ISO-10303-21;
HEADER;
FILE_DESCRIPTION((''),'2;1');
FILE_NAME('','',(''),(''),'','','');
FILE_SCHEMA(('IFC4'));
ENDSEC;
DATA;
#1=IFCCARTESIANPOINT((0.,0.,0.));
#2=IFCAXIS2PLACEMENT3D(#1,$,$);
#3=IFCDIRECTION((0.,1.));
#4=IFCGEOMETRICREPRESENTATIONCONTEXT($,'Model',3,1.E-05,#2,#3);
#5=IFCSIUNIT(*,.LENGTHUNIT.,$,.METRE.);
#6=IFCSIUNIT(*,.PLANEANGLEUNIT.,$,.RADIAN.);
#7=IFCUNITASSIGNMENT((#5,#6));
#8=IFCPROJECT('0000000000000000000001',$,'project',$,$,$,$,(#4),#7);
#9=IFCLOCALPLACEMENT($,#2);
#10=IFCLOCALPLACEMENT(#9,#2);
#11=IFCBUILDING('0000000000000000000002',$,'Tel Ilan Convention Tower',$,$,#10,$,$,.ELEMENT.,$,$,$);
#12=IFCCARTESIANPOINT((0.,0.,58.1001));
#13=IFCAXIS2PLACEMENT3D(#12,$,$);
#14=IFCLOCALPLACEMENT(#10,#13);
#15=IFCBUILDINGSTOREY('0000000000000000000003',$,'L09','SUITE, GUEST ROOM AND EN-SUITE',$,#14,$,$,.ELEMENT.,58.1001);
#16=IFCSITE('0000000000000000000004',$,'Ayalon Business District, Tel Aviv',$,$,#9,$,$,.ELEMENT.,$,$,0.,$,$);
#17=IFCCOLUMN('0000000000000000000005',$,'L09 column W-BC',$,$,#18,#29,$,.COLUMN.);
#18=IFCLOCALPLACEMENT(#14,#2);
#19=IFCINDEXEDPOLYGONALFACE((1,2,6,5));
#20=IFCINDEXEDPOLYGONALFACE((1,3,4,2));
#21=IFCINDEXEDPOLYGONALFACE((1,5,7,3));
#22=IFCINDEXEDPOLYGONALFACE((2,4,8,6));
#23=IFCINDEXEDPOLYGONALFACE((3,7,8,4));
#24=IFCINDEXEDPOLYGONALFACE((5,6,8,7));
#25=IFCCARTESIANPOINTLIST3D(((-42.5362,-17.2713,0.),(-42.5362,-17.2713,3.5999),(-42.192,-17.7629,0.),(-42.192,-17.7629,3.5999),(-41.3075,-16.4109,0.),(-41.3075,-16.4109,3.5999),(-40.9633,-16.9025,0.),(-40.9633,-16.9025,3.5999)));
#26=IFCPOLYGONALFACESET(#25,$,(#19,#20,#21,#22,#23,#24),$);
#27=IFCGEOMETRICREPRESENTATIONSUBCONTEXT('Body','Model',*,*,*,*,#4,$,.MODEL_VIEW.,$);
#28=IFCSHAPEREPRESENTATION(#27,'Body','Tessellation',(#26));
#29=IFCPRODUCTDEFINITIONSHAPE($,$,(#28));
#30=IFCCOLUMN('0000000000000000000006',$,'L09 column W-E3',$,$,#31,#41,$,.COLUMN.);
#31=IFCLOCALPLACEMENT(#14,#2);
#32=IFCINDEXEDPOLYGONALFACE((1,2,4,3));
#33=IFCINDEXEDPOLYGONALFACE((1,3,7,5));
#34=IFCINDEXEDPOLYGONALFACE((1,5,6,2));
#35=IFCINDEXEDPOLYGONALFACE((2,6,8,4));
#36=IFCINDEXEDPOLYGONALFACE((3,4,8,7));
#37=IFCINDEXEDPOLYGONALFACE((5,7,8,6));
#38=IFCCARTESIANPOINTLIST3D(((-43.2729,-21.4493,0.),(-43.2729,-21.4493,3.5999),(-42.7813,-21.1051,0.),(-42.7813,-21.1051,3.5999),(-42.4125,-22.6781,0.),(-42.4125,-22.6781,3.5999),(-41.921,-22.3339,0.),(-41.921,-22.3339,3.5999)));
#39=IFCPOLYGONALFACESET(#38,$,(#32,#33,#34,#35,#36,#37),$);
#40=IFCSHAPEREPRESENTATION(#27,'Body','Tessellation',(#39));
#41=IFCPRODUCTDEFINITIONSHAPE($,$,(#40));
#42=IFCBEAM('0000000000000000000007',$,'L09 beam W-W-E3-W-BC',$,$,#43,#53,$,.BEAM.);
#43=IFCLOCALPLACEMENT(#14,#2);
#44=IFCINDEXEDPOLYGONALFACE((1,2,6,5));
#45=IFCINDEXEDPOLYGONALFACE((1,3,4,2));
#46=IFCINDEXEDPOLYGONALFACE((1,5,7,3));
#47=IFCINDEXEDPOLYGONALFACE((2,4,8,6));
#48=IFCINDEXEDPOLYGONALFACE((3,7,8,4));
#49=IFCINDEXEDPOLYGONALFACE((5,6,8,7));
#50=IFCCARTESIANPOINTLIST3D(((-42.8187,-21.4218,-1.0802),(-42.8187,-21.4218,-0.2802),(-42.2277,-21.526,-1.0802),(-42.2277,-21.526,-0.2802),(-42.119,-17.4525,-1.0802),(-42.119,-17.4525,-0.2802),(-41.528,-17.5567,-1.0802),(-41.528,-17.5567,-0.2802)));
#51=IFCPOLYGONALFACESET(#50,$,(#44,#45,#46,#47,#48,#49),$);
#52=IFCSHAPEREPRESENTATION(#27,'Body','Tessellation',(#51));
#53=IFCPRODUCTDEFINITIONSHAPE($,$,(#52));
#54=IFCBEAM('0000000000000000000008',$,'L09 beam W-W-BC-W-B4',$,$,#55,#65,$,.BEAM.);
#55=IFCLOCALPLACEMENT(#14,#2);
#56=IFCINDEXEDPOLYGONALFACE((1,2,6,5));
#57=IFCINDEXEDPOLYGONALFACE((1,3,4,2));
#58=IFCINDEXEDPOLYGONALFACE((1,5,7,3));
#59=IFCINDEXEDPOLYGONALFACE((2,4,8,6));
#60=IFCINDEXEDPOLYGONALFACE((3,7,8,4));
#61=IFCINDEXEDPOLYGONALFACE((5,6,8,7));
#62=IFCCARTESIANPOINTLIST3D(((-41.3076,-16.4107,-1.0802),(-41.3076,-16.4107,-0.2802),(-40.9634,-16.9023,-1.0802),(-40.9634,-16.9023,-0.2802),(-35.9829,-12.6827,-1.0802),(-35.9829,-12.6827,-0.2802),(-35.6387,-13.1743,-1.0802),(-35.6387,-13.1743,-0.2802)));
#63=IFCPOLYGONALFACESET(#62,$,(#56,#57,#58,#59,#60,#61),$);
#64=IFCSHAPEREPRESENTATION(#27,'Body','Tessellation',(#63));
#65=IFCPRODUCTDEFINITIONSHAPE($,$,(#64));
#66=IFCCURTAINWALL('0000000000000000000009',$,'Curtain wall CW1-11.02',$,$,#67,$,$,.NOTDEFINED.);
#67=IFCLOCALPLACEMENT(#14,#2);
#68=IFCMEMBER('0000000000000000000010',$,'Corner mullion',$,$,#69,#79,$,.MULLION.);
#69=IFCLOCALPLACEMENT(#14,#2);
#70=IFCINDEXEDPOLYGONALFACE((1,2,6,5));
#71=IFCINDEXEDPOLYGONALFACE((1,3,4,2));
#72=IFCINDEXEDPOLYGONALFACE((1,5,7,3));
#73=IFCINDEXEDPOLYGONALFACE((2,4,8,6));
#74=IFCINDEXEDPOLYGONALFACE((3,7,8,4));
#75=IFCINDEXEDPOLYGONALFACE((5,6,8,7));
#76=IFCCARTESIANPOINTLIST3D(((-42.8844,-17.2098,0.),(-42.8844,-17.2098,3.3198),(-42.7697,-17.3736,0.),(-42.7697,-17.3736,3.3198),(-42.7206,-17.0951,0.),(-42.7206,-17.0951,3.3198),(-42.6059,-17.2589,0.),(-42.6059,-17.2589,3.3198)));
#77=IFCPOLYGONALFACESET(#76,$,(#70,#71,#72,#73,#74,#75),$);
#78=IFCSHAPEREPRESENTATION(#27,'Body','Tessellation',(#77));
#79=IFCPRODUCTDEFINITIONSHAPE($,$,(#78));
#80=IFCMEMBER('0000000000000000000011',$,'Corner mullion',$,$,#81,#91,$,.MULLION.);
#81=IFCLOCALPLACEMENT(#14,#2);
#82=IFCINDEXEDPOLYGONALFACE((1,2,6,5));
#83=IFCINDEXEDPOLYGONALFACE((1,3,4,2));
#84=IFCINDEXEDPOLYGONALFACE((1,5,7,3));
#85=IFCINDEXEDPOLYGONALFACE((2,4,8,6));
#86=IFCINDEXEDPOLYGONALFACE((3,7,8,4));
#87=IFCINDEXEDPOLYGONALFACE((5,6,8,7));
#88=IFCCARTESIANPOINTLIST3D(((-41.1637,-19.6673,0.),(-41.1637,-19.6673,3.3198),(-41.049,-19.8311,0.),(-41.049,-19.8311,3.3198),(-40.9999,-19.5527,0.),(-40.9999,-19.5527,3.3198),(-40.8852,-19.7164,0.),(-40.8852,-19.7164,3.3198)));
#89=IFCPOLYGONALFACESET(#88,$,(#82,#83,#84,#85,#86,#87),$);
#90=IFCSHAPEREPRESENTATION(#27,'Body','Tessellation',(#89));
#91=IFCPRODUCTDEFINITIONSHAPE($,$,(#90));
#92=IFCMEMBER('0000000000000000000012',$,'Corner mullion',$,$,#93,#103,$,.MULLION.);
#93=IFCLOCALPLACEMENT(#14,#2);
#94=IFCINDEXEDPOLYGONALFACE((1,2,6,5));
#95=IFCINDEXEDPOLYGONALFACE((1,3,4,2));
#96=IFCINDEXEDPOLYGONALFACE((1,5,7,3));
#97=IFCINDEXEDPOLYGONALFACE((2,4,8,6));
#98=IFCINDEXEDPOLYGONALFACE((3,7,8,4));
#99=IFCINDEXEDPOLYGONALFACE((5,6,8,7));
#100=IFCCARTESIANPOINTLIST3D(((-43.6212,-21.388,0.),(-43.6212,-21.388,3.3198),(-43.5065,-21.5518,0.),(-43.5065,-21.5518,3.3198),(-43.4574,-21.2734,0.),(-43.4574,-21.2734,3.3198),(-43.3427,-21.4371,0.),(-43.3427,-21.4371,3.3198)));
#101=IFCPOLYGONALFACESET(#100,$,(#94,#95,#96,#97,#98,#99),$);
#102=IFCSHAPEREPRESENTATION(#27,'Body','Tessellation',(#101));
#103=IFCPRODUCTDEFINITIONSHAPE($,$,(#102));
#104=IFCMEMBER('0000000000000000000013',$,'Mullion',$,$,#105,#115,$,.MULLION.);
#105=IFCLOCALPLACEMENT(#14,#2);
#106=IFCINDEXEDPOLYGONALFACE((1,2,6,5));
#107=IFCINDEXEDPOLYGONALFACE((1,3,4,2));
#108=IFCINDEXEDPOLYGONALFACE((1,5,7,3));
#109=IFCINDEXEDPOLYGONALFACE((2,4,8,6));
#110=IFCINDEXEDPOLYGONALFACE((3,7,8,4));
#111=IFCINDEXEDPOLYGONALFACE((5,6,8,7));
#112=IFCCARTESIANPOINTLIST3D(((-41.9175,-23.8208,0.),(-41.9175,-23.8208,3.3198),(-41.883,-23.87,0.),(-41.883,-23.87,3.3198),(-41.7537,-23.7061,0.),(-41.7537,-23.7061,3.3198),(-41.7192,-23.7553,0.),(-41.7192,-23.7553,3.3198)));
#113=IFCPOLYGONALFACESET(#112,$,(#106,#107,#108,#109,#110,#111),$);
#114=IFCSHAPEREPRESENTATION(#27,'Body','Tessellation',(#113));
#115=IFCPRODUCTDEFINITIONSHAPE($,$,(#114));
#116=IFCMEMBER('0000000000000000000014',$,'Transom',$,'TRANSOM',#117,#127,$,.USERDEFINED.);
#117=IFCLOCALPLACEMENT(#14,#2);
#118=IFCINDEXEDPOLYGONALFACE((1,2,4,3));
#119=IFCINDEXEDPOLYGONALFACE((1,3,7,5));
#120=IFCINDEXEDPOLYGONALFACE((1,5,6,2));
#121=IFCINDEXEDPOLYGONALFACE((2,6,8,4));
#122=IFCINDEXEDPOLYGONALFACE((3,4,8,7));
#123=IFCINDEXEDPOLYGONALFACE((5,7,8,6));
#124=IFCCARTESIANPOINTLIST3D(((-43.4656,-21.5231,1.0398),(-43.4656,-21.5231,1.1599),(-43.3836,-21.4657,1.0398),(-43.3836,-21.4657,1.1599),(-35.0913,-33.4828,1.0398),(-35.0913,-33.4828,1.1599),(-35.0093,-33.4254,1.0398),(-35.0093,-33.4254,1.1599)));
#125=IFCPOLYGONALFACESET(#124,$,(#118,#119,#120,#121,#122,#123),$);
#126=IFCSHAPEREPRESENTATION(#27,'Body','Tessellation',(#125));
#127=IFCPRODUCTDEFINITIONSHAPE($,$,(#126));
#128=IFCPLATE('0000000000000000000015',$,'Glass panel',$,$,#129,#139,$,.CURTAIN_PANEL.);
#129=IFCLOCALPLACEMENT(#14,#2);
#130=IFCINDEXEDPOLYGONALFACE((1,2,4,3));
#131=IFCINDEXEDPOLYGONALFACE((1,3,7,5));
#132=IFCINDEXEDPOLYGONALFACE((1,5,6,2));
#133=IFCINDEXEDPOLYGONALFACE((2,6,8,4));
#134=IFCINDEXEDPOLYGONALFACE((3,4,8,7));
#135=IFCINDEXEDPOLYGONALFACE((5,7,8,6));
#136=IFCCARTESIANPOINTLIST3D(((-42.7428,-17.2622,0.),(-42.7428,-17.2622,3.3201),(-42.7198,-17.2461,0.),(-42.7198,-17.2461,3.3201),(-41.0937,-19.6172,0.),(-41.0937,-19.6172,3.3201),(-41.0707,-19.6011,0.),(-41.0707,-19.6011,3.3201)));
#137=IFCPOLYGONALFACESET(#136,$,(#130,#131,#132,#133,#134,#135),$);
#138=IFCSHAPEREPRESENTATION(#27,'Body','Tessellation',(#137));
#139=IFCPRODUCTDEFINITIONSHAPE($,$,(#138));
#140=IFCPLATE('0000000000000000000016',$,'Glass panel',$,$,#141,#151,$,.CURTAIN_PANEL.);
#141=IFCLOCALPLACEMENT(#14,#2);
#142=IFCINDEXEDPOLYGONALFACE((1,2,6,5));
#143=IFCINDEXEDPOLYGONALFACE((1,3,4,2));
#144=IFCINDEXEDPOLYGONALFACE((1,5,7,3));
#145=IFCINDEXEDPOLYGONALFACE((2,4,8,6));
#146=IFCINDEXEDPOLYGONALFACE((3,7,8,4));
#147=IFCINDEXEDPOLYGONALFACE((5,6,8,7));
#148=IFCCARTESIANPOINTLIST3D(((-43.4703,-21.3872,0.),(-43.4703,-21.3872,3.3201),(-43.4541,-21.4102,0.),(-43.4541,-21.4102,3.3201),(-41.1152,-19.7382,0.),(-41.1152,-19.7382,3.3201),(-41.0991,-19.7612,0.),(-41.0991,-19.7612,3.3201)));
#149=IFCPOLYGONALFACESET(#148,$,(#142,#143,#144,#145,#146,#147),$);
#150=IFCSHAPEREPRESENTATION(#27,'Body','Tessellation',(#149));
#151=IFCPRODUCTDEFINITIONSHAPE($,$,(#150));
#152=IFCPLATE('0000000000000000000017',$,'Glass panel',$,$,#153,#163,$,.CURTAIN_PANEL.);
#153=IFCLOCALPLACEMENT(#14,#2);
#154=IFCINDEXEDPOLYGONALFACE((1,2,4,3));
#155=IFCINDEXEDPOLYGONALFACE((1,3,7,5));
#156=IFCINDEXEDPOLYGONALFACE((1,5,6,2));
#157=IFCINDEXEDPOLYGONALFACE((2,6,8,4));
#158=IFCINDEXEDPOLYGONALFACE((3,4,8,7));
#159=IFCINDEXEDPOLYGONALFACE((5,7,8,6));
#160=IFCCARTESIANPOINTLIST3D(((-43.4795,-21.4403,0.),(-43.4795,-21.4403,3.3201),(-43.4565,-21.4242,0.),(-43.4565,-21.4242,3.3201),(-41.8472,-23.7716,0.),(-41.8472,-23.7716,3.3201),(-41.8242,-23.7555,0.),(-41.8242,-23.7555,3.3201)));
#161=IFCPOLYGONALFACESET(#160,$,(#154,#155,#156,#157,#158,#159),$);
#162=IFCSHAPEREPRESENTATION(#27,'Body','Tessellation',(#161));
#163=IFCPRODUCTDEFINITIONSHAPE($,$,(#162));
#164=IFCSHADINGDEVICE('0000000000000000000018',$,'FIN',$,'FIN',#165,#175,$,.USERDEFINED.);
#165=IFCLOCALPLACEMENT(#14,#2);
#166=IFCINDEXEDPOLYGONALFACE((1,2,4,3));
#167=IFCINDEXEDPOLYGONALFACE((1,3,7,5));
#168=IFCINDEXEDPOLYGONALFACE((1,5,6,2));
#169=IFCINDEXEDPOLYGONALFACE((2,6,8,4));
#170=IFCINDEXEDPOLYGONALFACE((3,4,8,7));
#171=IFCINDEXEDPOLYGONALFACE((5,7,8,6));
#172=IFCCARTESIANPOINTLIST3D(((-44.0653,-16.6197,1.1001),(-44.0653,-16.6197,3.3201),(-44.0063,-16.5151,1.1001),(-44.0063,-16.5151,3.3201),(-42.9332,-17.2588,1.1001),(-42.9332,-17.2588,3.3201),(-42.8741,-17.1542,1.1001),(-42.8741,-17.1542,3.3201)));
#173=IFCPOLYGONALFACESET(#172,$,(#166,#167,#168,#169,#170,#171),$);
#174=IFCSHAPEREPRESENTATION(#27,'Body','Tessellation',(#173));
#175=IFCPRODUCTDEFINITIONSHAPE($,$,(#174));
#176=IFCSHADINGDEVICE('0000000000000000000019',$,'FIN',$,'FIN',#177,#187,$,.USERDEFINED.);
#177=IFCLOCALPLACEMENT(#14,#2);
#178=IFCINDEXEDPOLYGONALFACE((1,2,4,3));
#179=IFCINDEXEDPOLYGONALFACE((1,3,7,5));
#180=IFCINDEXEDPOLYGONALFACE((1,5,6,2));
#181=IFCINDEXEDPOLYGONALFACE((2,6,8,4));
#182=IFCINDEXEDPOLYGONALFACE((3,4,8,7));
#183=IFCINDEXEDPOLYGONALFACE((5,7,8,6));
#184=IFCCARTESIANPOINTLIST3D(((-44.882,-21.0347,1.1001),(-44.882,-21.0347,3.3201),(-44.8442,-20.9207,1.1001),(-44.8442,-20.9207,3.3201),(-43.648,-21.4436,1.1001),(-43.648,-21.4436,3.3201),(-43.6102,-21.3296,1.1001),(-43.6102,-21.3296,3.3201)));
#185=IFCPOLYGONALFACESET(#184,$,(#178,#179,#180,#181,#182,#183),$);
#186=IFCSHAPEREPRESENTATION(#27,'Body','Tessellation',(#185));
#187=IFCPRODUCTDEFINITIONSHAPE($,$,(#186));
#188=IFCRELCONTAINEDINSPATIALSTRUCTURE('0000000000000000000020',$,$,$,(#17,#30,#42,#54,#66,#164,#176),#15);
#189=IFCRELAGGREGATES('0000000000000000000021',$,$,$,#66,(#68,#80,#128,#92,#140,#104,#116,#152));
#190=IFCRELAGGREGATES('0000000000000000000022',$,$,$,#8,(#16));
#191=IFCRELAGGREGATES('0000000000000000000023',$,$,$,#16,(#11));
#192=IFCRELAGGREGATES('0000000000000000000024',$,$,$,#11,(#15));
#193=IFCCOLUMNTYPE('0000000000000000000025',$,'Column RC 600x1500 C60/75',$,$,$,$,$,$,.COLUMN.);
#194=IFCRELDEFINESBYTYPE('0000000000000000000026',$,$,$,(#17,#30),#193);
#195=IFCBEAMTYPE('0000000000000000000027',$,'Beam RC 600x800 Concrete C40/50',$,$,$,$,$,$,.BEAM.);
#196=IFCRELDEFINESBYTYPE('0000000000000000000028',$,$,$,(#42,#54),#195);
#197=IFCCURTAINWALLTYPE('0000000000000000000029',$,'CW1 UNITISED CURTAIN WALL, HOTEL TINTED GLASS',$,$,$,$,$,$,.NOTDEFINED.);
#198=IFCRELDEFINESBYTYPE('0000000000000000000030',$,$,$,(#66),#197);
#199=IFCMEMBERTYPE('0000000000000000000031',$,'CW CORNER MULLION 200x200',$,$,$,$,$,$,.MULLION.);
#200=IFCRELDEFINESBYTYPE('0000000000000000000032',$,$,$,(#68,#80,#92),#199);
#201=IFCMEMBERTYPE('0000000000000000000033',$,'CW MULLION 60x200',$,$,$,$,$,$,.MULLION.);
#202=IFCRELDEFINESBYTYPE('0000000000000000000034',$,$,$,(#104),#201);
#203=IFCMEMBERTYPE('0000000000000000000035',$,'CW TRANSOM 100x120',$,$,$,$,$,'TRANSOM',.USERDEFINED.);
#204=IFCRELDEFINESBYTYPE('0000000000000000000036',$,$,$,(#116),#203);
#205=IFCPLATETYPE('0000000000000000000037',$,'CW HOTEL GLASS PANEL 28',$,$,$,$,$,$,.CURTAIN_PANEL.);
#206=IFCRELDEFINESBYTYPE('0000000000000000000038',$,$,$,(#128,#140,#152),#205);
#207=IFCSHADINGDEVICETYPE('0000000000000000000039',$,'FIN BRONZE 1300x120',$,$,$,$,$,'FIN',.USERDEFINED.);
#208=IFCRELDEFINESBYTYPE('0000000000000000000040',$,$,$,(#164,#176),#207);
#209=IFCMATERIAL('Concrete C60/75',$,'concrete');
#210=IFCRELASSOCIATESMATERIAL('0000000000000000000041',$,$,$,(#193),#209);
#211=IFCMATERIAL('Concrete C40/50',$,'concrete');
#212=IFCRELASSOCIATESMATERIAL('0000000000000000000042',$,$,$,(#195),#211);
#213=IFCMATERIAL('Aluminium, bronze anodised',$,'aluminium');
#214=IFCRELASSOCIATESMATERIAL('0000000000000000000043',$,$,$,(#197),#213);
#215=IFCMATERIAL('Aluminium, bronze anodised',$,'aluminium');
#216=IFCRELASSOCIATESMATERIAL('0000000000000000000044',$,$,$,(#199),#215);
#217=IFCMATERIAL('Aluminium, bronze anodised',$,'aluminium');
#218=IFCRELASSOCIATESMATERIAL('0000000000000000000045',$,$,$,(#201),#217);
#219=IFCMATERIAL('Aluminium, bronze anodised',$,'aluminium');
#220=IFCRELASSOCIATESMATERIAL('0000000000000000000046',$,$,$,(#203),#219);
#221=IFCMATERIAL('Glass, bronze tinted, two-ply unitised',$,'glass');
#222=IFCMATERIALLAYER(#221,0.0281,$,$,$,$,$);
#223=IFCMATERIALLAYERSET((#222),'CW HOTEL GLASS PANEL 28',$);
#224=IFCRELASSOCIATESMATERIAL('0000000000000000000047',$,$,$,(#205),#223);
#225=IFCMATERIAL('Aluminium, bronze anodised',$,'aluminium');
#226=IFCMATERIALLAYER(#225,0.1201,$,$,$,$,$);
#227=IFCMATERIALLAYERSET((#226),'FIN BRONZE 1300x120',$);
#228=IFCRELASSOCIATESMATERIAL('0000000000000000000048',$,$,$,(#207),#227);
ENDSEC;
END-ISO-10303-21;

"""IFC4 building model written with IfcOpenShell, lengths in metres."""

from ifc_helpers import new_model, si_unit, direction, frame, origin, origin_2d, place, context, subcontext, project, spatial, rectangle, extrude, material, layer, layer_set, material_profile, profile_set, type_object, element, aggregate, save


model = new_model("IFC4")

# Units and contexts
model_context = context("Model", 3, precision=1e-05, world=origin(), true_north=direction((0.0, 1.0)))
body_context = subcontext(model_context, "Body", "Model", "MODEL_VIEW")
ifc_project = project(units=[si_unit("LENGTHUNIT", "METRE"), si_unit("PLANEANGLEUNIT", "RADIAN")], contexts=[model_context])

# Site, building, storey
site_placement = place(None, origin())
site = spatial("IfcSite", under=ifc_project, at=site_placement, Name="Ayalon Business District, Tel Aviv", CompositionType="ELEMENT", RefElevation=0.0)
building_placement = place(site_placement, origin())
building = spatial("IfcBuilding", under=site, at=building_placement, Name="Tel Ilan Convention Tower", CompositionType="ELEMENT")
storey_placement = place(building_placement, frame((0.0, 0.0, 58.1001)))
storey = spatial("IfcBuildingStorey", under=building, at=storey_placement, Name="L09", Description="SUITE, GUEST ROOM AND EN-SUITE", CompositionType="ELEMENT", Elevation=58.1001)

# Columns
ifc_material_1 = material(Name="Concrete C60/75", Category="concrete")
ifc_material_profile_1 = material_profile(ifc_material_1, rectangle(XDim=1.5, YDim=0.6001, at=origin_2d()), Name="RC 600x1500")
ifc_profile_set_1 = profile_set([ifc_material_profile_1], Name="Concrete C60/75")
column_type = type_object("IfcColumnType", Name="Column RC 600x1500 C60/75", PredefinedType="COLUMN", material=ifc_profile_set_1)
for number, where, z_axis, x_axis, name in (
    (1, (-41.7498, -17.0869, 0.0), (0.0, 0.0, 1.0), (-0.819152, -0.573576, 0.0), "L09 column W-BC"),
    (2, (-42.5969, -21.8916, 0.0), (0.0, 0.0, 1.0), (-0.573576, 0.819152, 0.0), "L09 column W-E3"),
):
    element("IfcColumn", number, at=place(storey_placement, frame(where, z_axis=z_axis, x_axis=x_axis)), inside=storey, type_object=column_type, Name=name, PredefinedType="COLUMN", context=body_context, shape_type="SweptSolid", body=[
        extrude(rectangle(XDim=1.5, YDim=0.6001, at=origin_2d()), origin(), (0.0, 0.0, 1.0), 3.5999),
    ])

# Beams
ifc_material_2 = material(Name="Concrete C40/50", Category="concrete")
ifc_material_profile_2 = material_profile(ifc_material_2, rectangle(XDim=0.6001, YDim=0.8, at=origin_2d()), Name="RC 600x800")
ifc_profile_set_2 = profile_set([ifc_material_profile_2], Name="Concrete C40/50")
beam_type = type_object("IfcBeamType", Name="Beam RC 600x800 Concrete C40/50", PredefinedType="BEAM", material=ifc_profile_set_2)
beam_1_placement = place(storey_placement, frame((-42.5232, -21.4739, -0.6802), z_axis=(0.173606, 0.984815, 0.0), x_axis=(-0.984815, 0.173606, 0.0)))
element("IfcBeam", 3, at=beam_1_placement, inside=storey, type_object=beam_type, Name="L09 beam W-W-E3-W-BC", PredefinedType="BEAM", context=body_context, shape_type="SweptSolid", body=[
    extrude(rectangle(XDim=0.6001, YDim=0.8, at=origin_2d()), origin(), (0.0, 0.0, 1.0), 4.0305),
])
beam_2_placement = place(storey_placement, frame((-41.1355, -16.6565, -0.6802), z_axis=(0.819179, 0.573538, 0.0), x_axis=(-0.573538, 0.819179, 0.0)))
element("IfcBeam", 4, at=beam_2_placement, inside=storey, type_object=beam_type, Name="L09 beam W-W-BC-W-B4", PredefinedType="BEAM", context=body_context, shape_type="SweptSolid", body=[
    extrude(rectangle(XDim=0.6001, YDim=0.8, at=origin_2d()), origin(), (0.0, 0.0, 1.0), 6.5),
])

# Curtain wall, members, plates
ifc_material_3 = material(Name="Aluminium, bronze anodised", Category="aluminium")
curtain_wall_type = type_object("IfcCurtainWallType", Name="CW1 UNITISED CURTAIN WALL, HOTEL TINTED GLASS", PredefinedType="NOTDEFINED", material=ifc_material_3)
curtain_wall_placement = place(storey_placement, origin())
curtain_wall = element("IfcCurtainWall", 5, at=curtain_wall_placement, inside=storey, type_object=curtain_wall_type, Name="Curtain wall CW1-11.02", PredefinedType="NOTDEFINED")
ifc_material_4 = material(Name="Aluminium, bronze anodised", Category="aluminium")
ifc_material_profile_3 = material_profile(ifc_material_4, rectangle(XDim=0.2, YDim=0.2, at=origin_2d()), Name="CW CORNER MULLION 200x200")
ifc_profile_set_3 = profile_set([ifc_material_profile_3], Name="Aluminium, bronze anodised")
member_type_1 = type_object("IfcMemberType", Name="CW CORNER MULLION 200x200", PredefinedType="MULLION", material=ifc_profile_set_3)
member_1_placement = place(storey_placement, frame((-42.7451, -17.2344, 0.0), z_axis=(0.0, 0.0, 1.0), x_axis=(-0.819152, -0.573576, 0.0)))
member_1 = element("IfcMember", 6, at=member_1_placement, type_object=member_type_1, Name="Corner mullion", PredefinedType="MULLION", context=body_context, shape_type="SweptSolid", body=[
    extrude(rectangle(XDim=0.2, YDim=0.2, at=origin_2d()), origin(), (0.0, 0.0, 1.0), 3.3198),
])
member_2_placement = place(storey_placement, frame((-41.0244, -19.6919, 0.0), z_axis=(0.0, 0.0, 1.0), x_axis=(0.573576, -0.819152, 0.0)))
member_2 = element("IfcMember", 7, at=member_2_placement, type_object=member_type_1, Name="Corner mullion", PredefinedType="MULLION", context=body_context, shape_type="SweptSolid", body=[
    extrude(rectangle(XDim=0.2, YDim=0.2, at=origin_2d()), origin(), (0.0, 0.0, 1.0), 3.3198),
])
member_3_placement = place(storey_placement, frame((-43.4819, -21.4126, 0.0), z_axis=(0.0, 0.0, 1.0), x_axis=(-0.819152, -0.573576, 0.0)))
member_3 = element("IfcMember", 8, at=member_3_placement, type_object=member_type_1, Name="Corner mullion", PredefinedType="MULLION", context=body_context, shape_type="SweptSolid", body=[
    extrude(rectangle(XDim=0.2, YDim=0.2, at=origin_2d()), origin(), (0.0, 0.0, 1.0), 3.3198),
])
ifc_material_5 = material(Name="Aluminium, bronze anodised", Category="aluminium")
ifc_material_profile_4 = material_profile(ifc_material_5, rectangle(XDim=0.0601, YDim=0.2, at=origin_2d()), Name="CW MULLION 60x200")
ifc_profile_set_4 = profile_set([ifc_material_profile_4], Name="Aluminium, bronze anodised")
member_type_2 = type_object("IfcMemberType", Name="CW MULLION 60x200", PredefinedType="MULLION", material=ifc_profile_set_4)
member_4_placement = place(storey_placement, frame((-41.8184, -23.7881, 0.0), z_axis=(0.0, 0.0, 1.0), x_axis=(0.573576, -0.819152, 0.0)))
member_4 = element("IfcMember", 9, at=member_4_placement, type_object=member_type_2, Name="Mullion", PredefinedType="MULLION", context=body_context, shape_type="SweptSolid", body=[
    extrude(rectangle(XDim=0.0601, YDim=0.2, at=origin_2d()), origin(), (0.0, 0.0, 1.0), 3.3198),
])
ifc_material_6 = material(Name="Aluminium, bronze anodised", Category="aluminium")
ifc_material_profile_5 = material_profile(ifc_material_6, rectangle(XDim=0.1001, YDim=0.1201, at=origin_2d()), Name="CW TRANSOM 100x120")
ifc_profile_set_5 = profile_set([ifc_material_profile_5], Name="Aluminium, bronze anodised")
member_type_3 = type_object("IfcMemberType", Name="CW TRANSOM 100x120", ElementType="TRANSOM", PredefinedType="USERDEFINED", material=ifc_profile_set_5)
member_5_placement = place(storey_placement, frame((-43.4246, -21.4944, 1.0999), z_axis=(0.573576, -0.819153, 0.0), x_axis=(0.819153, 0.573576, 0.0)))
member_5 = element("IfcMember", 10, at=member_5_placement, type_object=member_type_3, Name="Transom", ObjectType="TRANSOM", PredefinedType="USERDEFINED", context=body_context, shape_type="SweptSolid", body=[
    extrude(rectangle(XDim=0.1001, YDim=0.1201, at=origin_2d()), origin(), (0.0, 0.0, 1.0), 14.6001),
])
ifc_material_7 = material(Name="Glass, bronze tinted, two-ply unitised", Category="glass")
ifc_layer_1 = layer(ifc_material_7, 0.0281)
ifc_layer_set_1 = layer_set([ifc_layer_1], Name="CW HOTEL GLASS PANEL 28")
plate_type = type_object("IfcPlateType", Name="CW HOTEL GLASS PANEL 28", PredefinedType="CURTAIN_PANEL", material=ifc_layer_set_1)
plate_1_placement = place(storey_placement, frame((-41.9067, -18.4316, 0.0), z_axis=(0.0, 0.0, 1.0), x_axis=(0.573576, -0.819152, 0.0)))
plate_1 = element("IfcPlate", 11, at=plate_1_placement, type_object=plate_type, Name="Glass panel", PredefinedType="CURTAIN_PANEL", context=body_context, shape_type="SweptSolid", body=[
    extrude(rectangle(XDim=2.875, YDim=0.0281, at=origin_2d()), origin(), (0.0, 0.0, 1.0), 3.3201),
])
plate_2_placement = place(storey_placement, frame((-42.2847, -20.5742, 0.0), z_axis=(0.0, 0.0, 1.0), x_axis=(-0.819152, -0.573576, 0.0)))
plate_2 = element("IfcPlate", 12, at=plate_2_placement, type_object=plate_type, Name="Glass panel", PredefinedType="CURTAIN_PANEL", context=body_context, shape_type="SweptSolid", body=[
    extrude(rectangle(XDim=2.875, YDim=0.0281, at=origin_2d()), origin(), (0.0, 0.0, 1.0), 3.3201),
])
plate_3_placement = place(storey_placement, frame((-42.6519, -22.5979, 0.0), z_axis=(0.0, 0.0, 1.0), x_axis=(0.573576, -0.819152, 0.0)))
plate_3 = element("IfcPlate", 13, at=plate_3_placement, type_object=plate_type, Name="Glass panel", PredefinedType="CURTAIN_PANEL", context=body_context, shape_type="SweptSolid", body=[
    extrude(rectangle(XDim=2.8459, YDim=0.0281, at=origin_2d()), origin(), (0.0, 0.0, 1.0), 3.3201),
])
aggregate(curtain_wall, [member_1, member_2, plate_1, member_3, plate_2, member_4, member_5, plate_3])

# Shading devices
ifc_material_8 = material(Name="Aluminium, bronze anodised", Category="aluminium")
ifc_layer_2 = layer(ifc_material_8, 0.1201)
ifc_layer_set_2 = layer_set([ifc_layer_2], Name="FIN BRONZE 1300x120")
shading_device_type = type_object("IfcShadingDeviceType", Name="FIN BRONZE 1300x120", ElementType="FIN", PredefinedType="USERDEFINED", material=ifc_layer_set_2)
for number, where, z_axis, x_axis, name in (
    (14, (-43.4697, -16.887, 1.1001), (0.0, 0.0, 1.0), (-0.870833, 0.491579, 0.0), "FIN"),
    (15, (-44.2461, -21.1821, 1.1001), (0.0, 0.0, 1.0), (-0.949243, 0.314545, 0.0), "FIN"),
):
    element("IfcShadingDevice", number, at=place(storey_placement, frame(where, z_axis=z_axis, x_axis=x_axis)), inside=storey, type_object=shading_device_type, Name=name, ObjectType="FIN", PredefinedType="USERDEFINED", context=body_context, shape_type="SweptSolid", body=[
        extrude(rectangle(XDim=1.3, YDim=0.1201, at=origin_2d()), origin(), (0.0, 0.0, 1.0), 2.22),
    ])

save(model, "model.ifc")
